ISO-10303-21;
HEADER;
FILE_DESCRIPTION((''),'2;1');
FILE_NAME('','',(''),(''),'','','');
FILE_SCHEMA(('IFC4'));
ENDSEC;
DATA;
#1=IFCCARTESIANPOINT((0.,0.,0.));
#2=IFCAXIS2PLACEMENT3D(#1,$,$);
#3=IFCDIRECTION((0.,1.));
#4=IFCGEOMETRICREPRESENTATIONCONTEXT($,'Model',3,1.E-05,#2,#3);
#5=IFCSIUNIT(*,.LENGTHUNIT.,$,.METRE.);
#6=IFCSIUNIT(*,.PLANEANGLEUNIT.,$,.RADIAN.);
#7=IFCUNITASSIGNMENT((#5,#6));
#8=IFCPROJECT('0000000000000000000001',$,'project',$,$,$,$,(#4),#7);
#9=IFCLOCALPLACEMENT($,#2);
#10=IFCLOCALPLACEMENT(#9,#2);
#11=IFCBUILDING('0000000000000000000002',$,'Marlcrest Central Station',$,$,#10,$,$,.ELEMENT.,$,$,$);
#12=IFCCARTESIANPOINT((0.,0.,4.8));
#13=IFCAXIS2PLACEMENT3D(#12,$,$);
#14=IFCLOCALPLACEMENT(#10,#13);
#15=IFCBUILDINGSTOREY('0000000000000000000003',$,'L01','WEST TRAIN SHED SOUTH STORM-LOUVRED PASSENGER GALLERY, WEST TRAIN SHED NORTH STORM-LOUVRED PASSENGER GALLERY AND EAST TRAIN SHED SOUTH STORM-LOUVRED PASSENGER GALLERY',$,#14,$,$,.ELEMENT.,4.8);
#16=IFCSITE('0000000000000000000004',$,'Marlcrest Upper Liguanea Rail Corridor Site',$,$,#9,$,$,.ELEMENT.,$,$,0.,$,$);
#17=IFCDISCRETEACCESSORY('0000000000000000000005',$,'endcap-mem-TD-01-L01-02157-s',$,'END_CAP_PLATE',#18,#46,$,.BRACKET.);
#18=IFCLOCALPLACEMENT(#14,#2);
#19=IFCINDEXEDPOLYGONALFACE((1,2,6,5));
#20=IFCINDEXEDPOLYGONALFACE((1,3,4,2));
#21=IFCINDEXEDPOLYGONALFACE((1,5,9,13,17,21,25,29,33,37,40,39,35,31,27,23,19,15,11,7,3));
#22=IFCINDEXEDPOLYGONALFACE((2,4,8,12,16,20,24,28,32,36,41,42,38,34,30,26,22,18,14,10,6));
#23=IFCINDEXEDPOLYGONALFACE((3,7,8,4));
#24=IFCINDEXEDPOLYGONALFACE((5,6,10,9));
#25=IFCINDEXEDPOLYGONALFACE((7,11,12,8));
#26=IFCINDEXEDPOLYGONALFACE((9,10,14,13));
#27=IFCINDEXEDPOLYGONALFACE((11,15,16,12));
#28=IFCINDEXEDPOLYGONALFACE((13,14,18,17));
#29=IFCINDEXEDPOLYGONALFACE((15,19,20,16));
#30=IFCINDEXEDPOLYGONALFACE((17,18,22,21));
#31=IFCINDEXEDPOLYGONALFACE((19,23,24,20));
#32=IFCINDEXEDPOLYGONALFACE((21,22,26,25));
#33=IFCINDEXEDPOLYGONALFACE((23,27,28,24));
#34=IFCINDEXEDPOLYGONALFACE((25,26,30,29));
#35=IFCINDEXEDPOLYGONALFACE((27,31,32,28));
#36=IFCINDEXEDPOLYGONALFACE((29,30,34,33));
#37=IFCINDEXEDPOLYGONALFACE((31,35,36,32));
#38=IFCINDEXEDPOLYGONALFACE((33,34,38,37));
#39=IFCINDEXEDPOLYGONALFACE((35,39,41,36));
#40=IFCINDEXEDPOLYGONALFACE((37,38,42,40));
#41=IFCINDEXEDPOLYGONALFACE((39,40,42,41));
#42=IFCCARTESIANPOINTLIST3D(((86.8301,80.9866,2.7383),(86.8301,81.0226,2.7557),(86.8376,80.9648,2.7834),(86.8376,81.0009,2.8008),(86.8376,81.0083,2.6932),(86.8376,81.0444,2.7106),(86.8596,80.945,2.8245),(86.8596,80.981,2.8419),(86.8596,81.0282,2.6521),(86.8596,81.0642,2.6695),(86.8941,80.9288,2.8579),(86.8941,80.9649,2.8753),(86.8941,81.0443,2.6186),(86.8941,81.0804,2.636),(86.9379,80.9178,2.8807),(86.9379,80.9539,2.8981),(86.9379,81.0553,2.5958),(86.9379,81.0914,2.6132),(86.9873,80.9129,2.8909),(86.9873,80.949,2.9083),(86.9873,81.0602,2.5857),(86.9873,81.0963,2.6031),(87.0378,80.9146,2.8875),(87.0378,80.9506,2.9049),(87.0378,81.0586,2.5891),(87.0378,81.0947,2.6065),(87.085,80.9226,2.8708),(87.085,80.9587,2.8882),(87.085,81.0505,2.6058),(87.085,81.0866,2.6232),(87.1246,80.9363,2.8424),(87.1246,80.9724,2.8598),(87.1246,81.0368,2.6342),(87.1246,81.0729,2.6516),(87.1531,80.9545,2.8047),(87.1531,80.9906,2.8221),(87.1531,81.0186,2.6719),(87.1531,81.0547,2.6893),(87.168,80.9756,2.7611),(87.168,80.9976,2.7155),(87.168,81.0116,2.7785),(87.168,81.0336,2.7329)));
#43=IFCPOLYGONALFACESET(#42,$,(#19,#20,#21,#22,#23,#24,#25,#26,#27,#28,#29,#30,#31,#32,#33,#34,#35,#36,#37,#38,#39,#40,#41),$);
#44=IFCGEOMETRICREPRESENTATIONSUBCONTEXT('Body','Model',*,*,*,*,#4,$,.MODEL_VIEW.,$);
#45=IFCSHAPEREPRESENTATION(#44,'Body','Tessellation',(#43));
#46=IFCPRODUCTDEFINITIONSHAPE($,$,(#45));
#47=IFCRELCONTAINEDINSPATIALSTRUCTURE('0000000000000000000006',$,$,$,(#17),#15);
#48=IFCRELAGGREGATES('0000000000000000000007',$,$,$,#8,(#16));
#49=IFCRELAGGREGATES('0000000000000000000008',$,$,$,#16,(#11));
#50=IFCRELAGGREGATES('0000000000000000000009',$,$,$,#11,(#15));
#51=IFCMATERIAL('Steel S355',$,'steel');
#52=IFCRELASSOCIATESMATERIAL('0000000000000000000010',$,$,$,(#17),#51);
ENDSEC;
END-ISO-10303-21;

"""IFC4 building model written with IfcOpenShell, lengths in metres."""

from ifc_helpers import new_model, si_unit, direction, frame, origin, origin_2d, place, context, subcontext, project, spatial, circle, extrude, material, element, save


model = new_model("IFC4")

# Units and contexts
model_context = context("Model", 3, precision=1e-05, world=origin(), true_north=direction((0.0, 1.0)))
body_context = subcontext(model_context, "Body", "Model", "MODEL_VIEW")
ifc_project = project(units=[si_unit("LENGTHUNIT", "METRE"), si_unit("PLANEANGLEUNIT", "RADIAN")], contexts=[model_context])

# Site, building, storey
site_placement = place(None, origin())
site = spatial("IfcSite", under=ifc_project, at=site_placement, Name="Marlcrest Upper Liguanea Rail Corridor Site", CompositionType="ELEMENT", RefElevation=0.0)
building_placement = place(site_placement, origin())
building = spatial("IfcBuilding", under=site, at=building_placement, Name="Marlcrest Central Station", CompositionType="ELEMENT")
storey_placement = place(building_placement, frame((0.0, 0.0, 4.8)))
storey = spatial("IfcBuildingStorey", under=building, at=storey_placement, Name="L01", Description="WEST TRAIN SHED SOUTH STORM-LOUVRED PASSENGER GALLERY, WEST TRAIN SHED NORTH STORM-LOUVRED PASSENGER GALLERY AND EAST TRAIN SHED SOUTH STORM-LOUVRED PASSENGER GALLERY", CompositionType="ELEMENT", Elevation=4.8)

# Shared definitions
ifc_material = material(Name="Steel S355", Category="steel")

# Discrete accessory
for number, where, z_axis, x_axis, name in (
    (1, (87.0, 80.9866, 2.7383), (0.0, 0.900552, 0.434749), (-1.0, 0.0, 0.0), "endcap-mem-TD-01-L01-02157-s"),
):
    element("IfcDiscreteAccessory", number, at=place(storey_placement, frame(where, z_axis=z_axis, x_axis=x_axis)), inside=storey, material=ifc_material, Name=name, ObjectType="END_CAP_PLATE", PredefinedType="BRACKET", context=body_context, shape_type="SweptSolid", body=[
        extrude(circle(Radius=0.1699, at=origin_2d()), origin(), (0.0, 0.0, 1.0), 0.04),
    ])

save(model, "model.ifc")
